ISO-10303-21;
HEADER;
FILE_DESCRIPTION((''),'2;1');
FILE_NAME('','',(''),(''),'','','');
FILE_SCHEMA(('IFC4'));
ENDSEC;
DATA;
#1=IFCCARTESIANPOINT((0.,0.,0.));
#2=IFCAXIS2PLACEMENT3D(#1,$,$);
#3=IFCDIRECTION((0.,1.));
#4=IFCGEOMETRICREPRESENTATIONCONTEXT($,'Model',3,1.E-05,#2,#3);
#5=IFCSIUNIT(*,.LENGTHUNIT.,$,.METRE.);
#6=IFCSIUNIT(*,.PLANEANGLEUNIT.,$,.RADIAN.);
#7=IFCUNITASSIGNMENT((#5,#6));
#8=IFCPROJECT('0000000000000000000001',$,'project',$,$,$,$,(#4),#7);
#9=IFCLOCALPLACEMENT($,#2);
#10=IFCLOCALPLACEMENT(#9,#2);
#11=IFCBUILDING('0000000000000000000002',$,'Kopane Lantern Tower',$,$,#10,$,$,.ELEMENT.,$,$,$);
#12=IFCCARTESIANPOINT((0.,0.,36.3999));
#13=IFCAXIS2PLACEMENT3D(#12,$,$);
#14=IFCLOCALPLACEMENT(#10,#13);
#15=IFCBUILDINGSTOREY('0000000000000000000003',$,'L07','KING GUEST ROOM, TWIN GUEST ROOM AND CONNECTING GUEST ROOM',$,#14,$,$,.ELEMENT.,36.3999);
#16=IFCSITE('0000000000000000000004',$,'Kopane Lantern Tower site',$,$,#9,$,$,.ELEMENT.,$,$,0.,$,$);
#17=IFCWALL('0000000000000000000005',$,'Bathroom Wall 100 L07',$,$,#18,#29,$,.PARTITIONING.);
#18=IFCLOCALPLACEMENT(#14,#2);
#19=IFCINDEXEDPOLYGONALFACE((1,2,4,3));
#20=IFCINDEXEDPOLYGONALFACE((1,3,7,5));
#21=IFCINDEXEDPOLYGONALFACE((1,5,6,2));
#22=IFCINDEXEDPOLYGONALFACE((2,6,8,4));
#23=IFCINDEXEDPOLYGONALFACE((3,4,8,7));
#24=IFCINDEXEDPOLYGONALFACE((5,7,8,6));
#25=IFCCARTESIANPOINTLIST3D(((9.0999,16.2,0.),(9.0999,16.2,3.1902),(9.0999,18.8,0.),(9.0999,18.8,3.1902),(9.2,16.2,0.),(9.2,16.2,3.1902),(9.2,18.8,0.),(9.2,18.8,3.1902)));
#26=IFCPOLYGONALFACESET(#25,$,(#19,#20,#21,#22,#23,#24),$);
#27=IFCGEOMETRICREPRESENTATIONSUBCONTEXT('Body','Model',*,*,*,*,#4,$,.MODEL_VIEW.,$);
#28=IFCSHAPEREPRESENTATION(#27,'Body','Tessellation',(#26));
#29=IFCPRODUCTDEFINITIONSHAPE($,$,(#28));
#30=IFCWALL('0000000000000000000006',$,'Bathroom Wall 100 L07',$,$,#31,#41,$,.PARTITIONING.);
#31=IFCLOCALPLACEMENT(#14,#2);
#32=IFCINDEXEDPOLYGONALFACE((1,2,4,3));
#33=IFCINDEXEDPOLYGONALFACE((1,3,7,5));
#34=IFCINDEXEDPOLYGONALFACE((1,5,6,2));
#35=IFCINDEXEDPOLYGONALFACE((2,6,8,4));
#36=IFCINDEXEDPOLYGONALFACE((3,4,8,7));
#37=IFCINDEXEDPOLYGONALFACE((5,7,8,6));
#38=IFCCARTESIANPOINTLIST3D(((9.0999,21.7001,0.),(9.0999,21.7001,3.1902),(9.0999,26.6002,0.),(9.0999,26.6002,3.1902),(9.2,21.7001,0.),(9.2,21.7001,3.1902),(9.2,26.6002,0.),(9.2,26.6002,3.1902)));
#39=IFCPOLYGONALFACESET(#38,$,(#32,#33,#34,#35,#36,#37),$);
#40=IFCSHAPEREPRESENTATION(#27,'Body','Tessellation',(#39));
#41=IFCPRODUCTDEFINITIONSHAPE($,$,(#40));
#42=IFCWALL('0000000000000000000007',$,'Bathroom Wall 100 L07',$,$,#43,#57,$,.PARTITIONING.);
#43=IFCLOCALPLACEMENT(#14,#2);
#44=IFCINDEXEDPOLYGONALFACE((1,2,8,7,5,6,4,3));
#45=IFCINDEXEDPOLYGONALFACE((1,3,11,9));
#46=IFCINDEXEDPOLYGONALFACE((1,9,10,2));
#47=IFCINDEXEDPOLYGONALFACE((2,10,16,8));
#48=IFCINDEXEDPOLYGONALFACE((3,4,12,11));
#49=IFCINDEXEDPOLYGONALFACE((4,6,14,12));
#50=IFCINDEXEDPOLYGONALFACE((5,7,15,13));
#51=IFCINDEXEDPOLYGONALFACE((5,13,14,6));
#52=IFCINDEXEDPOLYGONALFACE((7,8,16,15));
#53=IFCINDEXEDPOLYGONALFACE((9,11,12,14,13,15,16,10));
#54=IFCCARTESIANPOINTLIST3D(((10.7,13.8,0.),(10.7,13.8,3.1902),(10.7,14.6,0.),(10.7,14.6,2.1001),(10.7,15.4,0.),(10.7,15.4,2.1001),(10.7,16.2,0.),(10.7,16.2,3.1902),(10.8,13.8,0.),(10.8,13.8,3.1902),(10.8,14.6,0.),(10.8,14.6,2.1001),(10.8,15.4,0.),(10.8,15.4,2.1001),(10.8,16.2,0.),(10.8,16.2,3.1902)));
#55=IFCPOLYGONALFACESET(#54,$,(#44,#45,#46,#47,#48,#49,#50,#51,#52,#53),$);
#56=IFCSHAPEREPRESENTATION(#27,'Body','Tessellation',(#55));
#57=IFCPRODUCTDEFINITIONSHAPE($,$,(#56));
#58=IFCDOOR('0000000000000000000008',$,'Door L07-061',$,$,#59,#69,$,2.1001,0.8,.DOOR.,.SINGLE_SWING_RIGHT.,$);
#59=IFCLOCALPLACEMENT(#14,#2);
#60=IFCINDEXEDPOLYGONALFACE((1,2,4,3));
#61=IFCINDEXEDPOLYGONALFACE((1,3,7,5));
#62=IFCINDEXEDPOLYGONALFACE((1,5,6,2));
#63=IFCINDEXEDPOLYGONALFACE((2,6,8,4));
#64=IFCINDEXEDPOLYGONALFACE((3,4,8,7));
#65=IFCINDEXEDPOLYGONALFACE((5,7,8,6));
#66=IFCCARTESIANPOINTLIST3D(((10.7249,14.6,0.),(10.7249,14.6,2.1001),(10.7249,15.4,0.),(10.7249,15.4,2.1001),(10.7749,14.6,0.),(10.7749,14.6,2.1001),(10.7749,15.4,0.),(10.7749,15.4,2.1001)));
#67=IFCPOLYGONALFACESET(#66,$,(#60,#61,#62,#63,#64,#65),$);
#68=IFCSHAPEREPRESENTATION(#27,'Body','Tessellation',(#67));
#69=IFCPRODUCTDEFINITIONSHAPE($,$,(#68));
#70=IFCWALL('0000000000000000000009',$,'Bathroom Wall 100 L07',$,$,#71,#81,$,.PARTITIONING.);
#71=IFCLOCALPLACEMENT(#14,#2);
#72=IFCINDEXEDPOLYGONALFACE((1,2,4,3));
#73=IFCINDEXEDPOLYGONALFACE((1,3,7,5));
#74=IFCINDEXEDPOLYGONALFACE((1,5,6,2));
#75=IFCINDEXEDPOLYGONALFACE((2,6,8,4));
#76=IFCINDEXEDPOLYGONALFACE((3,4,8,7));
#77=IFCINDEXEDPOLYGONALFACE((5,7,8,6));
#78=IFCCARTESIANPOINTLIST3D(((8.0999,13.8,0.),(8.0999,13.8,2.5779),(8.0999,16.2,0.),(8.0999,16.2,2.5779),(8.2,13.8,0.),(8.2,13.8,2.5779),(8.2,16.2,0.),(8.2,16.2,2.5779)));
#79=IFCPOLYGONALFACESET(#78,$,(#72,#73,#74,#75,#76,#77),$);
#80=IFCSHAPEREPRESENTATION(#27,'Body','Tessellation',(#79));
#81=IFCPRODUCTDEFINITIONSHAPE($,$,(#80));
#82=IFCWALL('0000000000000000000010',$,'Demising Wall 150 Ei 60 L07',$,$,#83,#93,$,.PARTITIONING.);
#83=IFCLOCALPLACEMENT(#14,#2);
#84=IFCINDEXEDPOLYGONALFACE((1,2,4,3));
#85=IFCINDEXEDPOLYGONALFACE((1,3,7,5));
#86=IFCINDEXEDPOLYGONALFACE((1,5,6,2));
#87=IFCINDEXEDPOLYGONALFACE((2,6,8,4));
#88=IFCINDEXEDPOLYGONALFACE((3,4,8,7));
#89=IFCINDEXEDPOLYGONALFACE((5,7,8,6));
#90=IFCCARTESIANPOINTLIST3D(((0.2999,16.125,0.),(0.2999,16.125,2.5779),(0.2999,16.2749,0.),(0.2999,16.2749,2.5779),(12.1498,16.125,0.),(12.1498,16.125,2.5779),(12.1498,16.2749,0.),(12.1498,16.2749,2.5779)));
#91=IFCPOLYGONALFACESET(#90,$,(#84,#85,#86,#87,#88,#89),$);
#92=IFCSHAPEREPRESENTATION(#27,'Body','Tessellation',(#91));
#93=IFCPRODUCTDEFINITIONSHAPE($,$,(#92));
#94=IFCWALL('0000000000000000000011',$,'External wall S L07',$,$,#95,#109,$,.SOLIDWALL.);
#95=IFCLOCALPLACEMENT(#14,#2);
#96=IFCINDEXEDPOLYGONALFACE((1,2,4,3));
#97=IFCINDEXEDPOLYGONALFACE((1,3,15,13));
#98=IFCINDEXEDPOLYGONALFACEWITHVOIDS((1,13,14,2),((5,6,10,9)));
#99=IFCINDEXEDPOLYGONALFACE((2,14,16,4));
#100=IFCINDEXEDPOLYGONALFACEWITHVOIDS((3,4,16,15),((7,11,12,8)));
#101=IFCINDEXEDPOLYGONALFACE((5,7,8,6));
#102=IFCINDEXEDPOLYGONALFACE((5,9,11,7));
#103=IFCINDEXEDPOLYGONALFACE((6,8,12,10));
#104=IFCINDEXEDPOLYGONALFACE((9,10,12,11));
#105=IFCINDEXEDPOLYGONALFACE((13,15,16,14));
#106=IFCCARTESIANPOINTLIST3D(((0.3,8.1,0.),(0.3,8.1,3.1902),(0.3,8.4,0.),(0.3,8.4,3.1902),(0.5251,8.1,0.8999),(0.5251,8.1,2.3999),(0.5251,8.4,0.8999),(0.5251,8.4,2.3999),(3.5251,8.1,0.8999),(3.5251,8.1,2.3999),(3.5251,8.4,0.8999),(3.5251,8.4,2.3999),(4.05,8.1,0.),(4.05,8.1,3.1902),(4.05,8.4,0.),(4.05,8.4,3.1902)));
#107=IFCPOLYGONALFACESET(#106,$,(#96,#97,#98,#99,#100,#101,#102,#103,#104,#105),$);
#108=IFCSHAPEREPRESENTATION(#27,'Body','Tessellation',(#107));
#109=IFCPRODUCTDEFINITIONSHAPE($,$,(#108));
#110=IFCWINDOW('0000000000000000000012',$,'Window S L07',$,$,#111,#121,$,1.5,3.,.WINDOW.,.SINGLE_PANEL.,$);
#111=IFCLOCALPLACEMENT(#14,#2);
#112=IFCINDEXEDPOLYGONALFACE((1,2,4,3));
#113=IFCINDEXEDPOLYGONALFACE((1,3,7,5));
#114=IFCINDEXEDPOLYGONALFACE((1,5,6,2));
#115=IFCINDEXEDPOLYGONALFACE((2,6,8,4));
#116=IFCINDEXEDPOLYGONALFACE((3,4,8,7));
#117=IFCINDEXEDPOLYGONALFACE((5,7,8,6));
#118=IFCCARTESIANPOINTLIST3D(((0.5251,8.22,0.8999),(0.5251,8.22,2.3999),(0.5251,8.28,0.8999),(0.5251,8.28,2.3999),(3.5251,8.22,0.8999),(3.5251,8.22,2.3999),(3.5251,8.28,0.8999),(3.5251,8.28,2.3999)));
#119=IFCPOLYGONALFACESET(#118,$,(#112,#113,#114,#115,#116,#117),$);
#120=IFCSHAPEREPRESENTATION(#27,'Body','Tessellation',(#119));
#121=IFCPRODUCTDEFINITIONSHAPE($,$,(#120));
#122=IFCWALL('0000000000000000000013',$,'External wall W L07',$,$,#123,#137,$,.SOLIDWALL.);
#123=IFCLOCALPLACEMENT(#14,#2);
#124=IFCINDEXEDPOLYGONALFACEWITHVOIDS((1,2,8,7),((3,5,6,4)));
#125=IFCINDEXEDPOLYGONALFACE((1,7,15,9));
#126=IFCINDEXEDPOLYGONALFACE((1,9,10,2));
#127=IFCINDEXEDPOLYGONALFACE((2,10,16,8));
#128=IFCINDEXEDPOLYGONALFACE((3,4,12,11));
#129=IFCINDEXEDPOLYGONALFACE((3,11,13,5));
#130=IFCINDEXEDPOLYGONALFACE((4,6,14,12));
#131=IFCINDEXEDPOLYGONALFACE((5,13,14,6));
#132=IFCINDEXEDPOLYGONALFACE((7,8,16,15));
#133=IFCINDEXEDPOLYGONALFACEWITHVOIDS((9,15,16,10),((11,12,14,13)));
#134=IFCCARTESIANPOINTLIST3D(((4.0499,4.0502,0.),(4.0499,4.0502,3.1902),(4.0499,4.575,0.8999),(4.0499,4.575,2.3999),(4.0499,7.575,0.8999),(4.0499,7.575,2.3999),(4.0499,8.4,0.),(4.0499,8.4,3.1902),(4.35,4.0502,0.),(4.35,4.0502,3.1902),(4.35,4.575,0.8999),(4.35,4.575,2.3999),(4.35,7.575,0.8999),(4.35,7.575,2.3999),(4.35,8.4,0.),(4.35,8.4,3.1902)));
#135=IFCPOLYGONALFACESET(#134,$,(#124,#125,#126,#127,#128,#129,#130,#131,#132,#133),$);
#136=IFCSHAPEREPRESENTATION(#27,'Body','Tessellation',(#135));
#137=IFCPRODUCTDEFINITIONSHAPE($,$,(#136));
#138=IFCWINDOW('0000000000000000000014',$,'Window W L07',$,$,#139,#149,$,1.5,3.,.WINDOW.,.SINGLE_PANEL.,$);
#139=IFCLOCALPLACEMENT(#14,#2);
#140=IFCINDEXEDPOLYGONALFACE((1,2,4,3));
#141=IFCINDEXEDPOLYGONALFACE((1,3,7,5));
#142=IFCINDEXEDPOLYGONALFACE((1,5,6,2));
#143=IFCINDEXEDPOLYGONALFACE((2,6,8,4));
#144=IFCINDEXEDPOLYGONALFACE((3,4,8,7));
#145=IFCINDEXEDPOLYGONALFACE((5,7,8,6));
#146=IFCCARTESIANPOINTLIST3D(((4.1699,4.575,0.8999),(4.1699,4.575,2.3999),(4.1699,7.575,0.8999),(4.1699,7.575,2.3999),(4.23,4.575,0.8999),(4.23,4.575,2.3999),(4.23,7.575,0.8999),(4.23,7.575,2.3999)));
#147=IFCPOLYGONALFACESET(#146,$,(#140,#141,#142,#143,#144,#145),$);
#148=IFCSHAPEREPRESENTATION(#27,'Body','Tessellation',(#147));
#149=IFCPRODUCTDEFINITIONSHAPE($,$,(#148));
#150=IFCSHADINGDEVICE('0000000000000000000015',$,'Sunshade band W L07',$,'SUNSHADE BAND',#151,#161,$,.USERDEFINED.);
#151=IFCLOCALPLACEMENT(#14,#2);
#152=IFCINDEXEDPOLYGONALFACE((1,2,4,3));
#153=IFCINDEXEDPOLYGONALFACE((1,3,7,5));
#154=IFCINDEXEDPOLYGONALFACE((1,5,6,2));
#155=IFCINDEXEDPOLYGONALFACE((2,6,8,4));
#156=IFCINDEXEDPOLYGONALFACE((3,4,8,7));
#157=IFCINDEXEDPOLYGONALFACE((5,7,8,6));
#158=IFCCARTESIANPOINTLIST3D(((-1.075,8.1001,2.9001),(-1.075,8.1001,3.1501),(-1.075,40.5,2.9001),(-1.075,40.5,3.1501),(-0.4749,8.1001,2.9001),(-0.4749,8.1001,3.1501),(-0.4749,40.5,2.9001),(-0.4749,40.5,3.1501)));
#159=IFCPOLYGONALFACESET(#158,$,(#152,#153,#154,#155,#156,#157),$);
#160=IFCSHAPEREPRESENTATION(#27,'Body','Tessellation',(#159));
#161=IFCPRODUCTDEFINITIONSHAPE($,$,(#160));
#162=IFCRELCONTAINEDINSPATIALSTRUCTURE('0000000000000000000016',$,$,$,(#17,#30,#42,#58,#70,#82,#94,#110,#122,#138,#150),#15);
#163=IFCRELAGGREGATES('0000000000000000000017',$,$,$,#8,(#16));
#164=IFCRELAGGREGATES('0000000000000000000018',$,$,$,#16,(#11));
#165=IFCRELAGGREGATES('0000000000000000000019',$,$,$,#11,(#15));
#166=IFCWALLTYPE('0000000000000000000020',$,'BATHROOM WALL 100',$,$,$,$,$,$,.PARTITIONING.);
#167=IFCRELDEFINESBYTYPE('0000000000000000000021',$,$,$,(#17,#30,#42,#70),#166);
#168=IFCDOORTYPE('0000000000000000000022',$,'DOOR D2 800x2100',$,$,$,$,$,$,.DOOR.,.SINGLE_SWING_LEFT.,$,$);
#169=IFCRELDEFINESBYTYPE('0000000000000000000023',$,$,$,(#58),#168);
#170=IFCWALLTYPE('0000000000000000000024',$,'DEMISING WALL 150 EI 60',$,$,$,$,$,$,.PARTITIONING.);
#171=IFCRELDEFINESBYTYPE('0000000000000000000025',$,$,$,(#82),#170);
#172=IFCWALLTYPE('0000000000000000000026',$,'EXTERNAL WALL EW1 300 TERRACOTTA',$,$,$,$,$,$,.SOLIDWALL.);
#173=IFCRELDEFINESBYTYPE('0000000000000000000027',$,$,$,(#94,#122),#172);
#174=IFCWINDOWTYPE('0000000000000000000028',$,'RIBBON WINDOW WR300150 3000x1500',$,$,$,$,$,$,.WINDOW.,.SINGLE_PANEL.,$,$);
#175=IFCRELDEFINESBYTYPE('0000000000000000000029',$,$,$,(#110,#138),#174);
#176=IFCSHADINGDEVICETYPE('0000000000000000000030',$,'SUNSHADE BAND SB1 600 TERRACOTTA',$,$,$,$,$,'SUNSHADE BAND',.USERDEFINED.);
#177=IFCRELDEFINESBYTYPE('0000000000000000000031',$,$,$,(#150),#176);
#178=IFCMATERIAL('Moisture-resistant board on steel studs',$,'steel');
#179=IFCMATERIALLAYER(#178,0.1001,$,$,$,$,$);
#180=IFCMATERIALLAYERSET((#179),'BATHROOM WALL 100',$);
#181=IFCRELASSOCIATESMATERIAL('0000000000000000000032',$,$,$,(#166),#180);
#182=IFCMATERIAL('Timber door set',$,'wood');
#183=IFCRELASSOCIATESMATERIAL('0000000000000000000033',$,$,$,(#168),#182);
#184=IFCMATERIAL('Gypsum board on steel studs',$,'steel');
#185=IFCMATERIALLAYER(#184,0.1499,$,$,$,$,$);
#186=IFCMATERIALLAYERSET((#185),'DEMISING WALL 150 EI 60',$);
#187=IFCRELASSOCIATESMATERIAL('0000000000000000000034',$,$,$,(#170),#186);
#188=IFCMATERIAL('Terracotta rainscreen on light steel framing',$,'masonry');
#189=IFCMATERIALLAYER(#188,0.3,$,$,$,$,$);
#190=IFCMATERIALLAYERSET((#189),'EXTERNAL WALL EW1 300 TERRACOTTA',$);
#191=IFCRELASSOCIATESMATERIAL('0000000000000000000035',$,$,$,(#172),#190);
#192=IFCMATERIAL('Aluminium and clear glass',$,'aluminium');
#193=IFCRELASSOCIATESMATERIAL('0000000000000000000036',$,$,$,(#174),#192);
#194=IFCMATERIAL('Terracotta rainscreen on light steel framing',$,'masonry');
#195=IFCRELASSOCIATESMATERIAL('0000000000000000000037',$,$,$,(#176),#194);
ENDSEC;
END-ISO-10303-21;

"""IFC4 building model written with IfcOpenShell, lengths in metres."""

from ifc_helpers import new_model, si_unit, direction, frame, frame_2d, origin, origin_2d, place, context, subcontext, project, spatial, rectangle, extrude, material, layer, layer_set, type_object, element, fill, save


model = new_model("IFC4")

# Units and contexts
model_context = context("Model", 3, precision=1e-05, world=origin(), true_north=direction((0.0, 1.0)))
body_context = subcontext(model_context, "Body", "Model", "MODEL_VIEW")
ifc_project = project(units=[si_unit("LENGTHUNIT", "METRE"), si_unit("PLANEANGLEUNIT", "RADIAN")], contexts=[model_context])

# Site, building, storey
site_placement = place(None, origin())
site = spatial("IfcSite", under=ifc_project, at=site_placement, Name="Kopane Lantern Tower site", CompositionType="ELEMENT", RefElevation=0.0)
building_placement = place(site_placement, origin())
building = spatial("IfcBuilding", under=site, at=building_placement, Name="Kopane Lantern Tower", CompositionType="ELEMENT")
storey_placement = place(building_placement, frame((0.0, 0.0, 36.3999)))
storey = spatial("IfcBuildingStorey", under=building, at=storey_placement, Name="L07", Description="KING GUEST ROOM, TWIN GUEST ROOM AND CONNECTING GUEST ROOM", CompositionType="ELEMENT", Elevation=36.3999)

# Walls
ifc_material_1 = material(Name="Moisture-resistant board on steel studs", Category="steel")
ifc_layer_1 = layer(ifc_material_1, 0.1001)
ifc_layer_set_1 = layer_set([ifc_layer_1], Name="BATHROOM WALL 100")
wall_type_1 = type_object("IfcWallType", Name="BATHROOM WALL 100", PredefinedType="PARTITIONING", material=ifc_layer_set_1)
wall_1_placement = place(storey_placement, frame((9.1499, 16.2, 0.0), z_axis=(0.0, 0.0, 1.0), x_axis=(0.0, 1.0, 0.0)))
element("IfcWall", 1, at=wall_1_placement, inside=storey, type_object=wall_type_1, Name="Bathroom Wall 100 L07", PredefinedType="PARTITIONING", context=body_context, shape_type="SweptSolid", body=[
    extrude(rectangle(XDim=2.6001, YDim=0.1001, at=frame_2d((1.3, 0.0))), origin(), (0.0, 0.0, 1.0), 3.1902),
])
wall_2_placement = place(storey_placement, frame((9.1499, 21.7, 0.0), z_axis=(0.0, 0.0, 1.0), x_axis=(0.0, 1.0, 0.0)))
element("IfcWall", 2, at=wall_2_placement, inside=storey, type_object=wall_type_1, Name="Bathroom Wall 100 L07", PredefinedType="PARTITIONING", context=body_context, shape_type="SweptSolid", body=[
    extrude(rectangle(XDim=4.9001, YDim=0.1001, at=frame_2d((2.4502, 0.0))), origin(), (0.0, 0.0, 1.0), 3.1902),
])

# Wall, opening, door
wall_3_placement = place(storey_placement, frame((10.75, 16.2, 0.0), z_axis=(0.0, 0.0, 1.0), x_axis=(0.0, -1.0, 0.0)))
wall_3 = element("IfcWall", 3, at=wall_3_placement, inside=storey, type_object=wall_type_1, Name="Bathroom Wall 100 L07", PredefinedType="PARTITIONING", context=body_context, shape_type="SweptSolid", body=[
    extrude(rectangle(XDim=2.3999, YDim=0.1001, at=frame_2d((1.2, 0.0))), origin(), (0.0, 0.0, 1.0), 3.1902),
])
opening_1_placement = place(wall_3_placement, frame((0.8, 0.0, 0.0)))
opening_1 = element("IfcOpeningElement", 4, at=opening_1_placement, cuts=wall_3, PredefinedType="OPENING", context=body_context, shape_type="SweptSolid", body=[
    extrude(rectangle(XDim=0.8, YDim=2.1001, at=frame_2d((0.3999, 1.05))), frame((0.0, 0.0601, 0.0), z_axis=(0.0, -1.0, 0.0), x_axis=(1.0, 0.0, 0.0)), (0.0, 0.0, 1.0), 0.1201),
])
ifc_material_2 = material(Name="Timber door set", Category="wood")
door_type_1 = type_object("IfcDoorType", Name="DOOR D2 800x2100", OperationType="SINGLE_SWING_LEFT", PredefinedType="DOOR", material=ifc_material_2)
door_1_placement = place(opening_1_placement, origin())
door_1 = element("IfcDoor", 5, at=door_1_placement, inside=storey, type_object=door_type_1, Name="Door L07-061", OperationType="SINGLE_SWING_RIGHT", OverallHeight=2.1001, OverallWidth=0.8, PredefinedType="DOOR", context=body_context, shape_type="SweptSolid", body=[
    extrude(rectangle(XDim=0.8, YDim=2.1001, at=frame_2d((0.3999, 1.05))), frame((0.0, 0.0249, 0.0), z_axis=(0.0, -1.0, 0.0), x_axis=(1.0, 0.0, 0.0)), (0.0, 0.0, 1.0), 0.05),
])
fill(opening_1, door_1)

# Walls
wall_4_placement = place(storey_placement, frame((8.1499, 16.2, 0.0), z_axis=(0.0, 0.0, 1.0), x_axis=(0.0, -1.0, 0.0)))
element("IfcWall", 6, at=wall_4_placement, inside=storey, type_object=wall_type_1, Name="Bathroom Wall 100 L07", PredefinedType="PARTITIONING", context=body_context, shape_type="SweptSolid", body=[
    extrude(rectangle(XDim=2.3999, YDim=0.1001, at=frame_2d((1.2, 0.0))), origin(), (0.0, 0.0, 1.0), 2.5779),
])
ifc_material_3 = material(Name="Gypsum board on steel studs", Category="steel")
ifc_layer_2 = layer(ifc_material_3, 0.1499)
ifc_layer_set_2 = layer_set([ifc_layer_2], Name="DEMISING WALL 150 EI 60")
wall_type_2 = type_object("IfcWallType", Name="DEMISING WALL 150 EI 60", PredefinedType="PARTITIONING", material=ifc_layer_set_2)
wall_5_placement = place(storey_placement, frame((0.3, 16.2, 0.0), z_axis=(0.0, 0.0, 1.0), x_axis=(1.0, 0.0, 0.0)))
element("IfcWall", 7, at=wall_5_placement, inside=storey, type_object=wall_type_2, Name="Demising Wall 150 Ei 60 L07", PredefinedType="PARTITIONING", context=body_context, shape_type="SweptSolid", body=[
    extrude(rectangle(XDim=11.8499, YDim=0.1499, at=frame_2d((5.9248, 0.0))), origin(), (0.0, 0.0, 1.0), 2.5779),
])

# Walls, openings, windows
ifc_material_4 = material(Name="Terracotta rainscreen on light steel framing", Category="masonry")
ifc_layer_3 = layer(ifc_material_4, 0.3)
ifc_layer_set_3 = layer_set([ifc_layer_3], Name="EXTERNAL WALL EW1 300 TERRACOTTA")
wall_type_3 = type_object("IfcWallType", Name="EXTERNAL WALL EW1 300 TERRACOTTA", PredefinedType="SOLIDWALL", material=ifc_layer_set_3)
wall_6_placement = place(storey_placement, frame((0.3, 8.25, 0.0), z_axis=(0.0, 0.0, 1.0), x_axis=(1.0, 0.0, 0.0)))
wall_6 = element("IfcWall", 8, at=wall_6_placement, inside=storey, type_object=wall_type_3, Name="External wall S L07", PredefinedType="SOLIDWALL", context=body_context, shape_type="SweptSolid", body=[
    extrude(rectangle(XDim=3.75, YDim=0.3, at=frame_2d((1.875, 0.0))), origin(), (0.0, 0.0, 1.0), 3.1902),
])
opening_2_placement = place(wall_6_placement, frame((0.2251, 0.0, 0.8999)))
opening_2 = element("IfcOpeningElement", 9, at=opening_2_placement, cuts=wall_6, PredefinedType="OPENING", context=body_context, shape_type="SweptSolid", body=[
    extrude(rectangle(XDim=3.0, YDim=1.5, at=frame_2d((1.5, 0.75))), frame((0.0, 0.1599, 0.0), z_axis=(0.0, -1.0, 0.0), x_axis=(1.0, 0.0, 0.0)), (0.0, 0.0, 1.0), 0.3201),
])
ifc_material_5 = material(Name="Aluminium and clear glass", Category="aluminium")
window_type = type_object("IfcWindowType", Name="RIBBON WINDOW WR300150 3000x1500", PartitioningType="SINGLE_PANEL", PredefinedType="WINDOW", material=ifc_material_5)
window_1_placement = place(opening_2_placement, origin())
window_1 = element("IfcWindow", 10, at=window_1_placement, inside=storey, type_object=window_type, Name="Window S L07", OverallHeight=1.5, OverallWidth=3.0, PartitioningType="SINGLE_PANEL", PredefinedType="WINDOW", context=body_context, shape_type="SweptSolid", body=[
    extrude(rectangle(XDim=3.0, YDim=1.5, at=frame_2d((1.5, 0.75))), frame((0.0, 0.03, 0.0), z_axis=(0.0, -1.0, 0.0), x_axis=(1.0, 0.0, 0.0)), (0.0, 0.0, 1.0), 0.0601),
])
fill(opening_2, window_1)
wall_7_placement = place(storey_placement, frame((4.2, 8.3999, 0.0), z_axis=(0.0, 0.0, 1.0), x_axis=(0.0, -1.0, 0.0)))
wall_7 = element("IfcWall", 11, at=wall_7_placement, inside=storey, type_object=wall_type_3, Name="External wall W L07", PredefinedType="SOLIDWALL", context=body_context, shape_type="SweptSolid", body=[
    extrude(rectangle(XDim=4.3499, YDim=0.3, at=frame_2d((2.1748, 0.0))), origin(), (0.0, 0.0, 1.0), 3.1902),
])
opening_3_placement = place(wall_7_placement, frame((0.825, 0.0, 0.8999)))
opening_3 = element("IfcOpeningElement", 12, at=opening_3_placement, cuts=wall_7, PredefinedType="OPENING", context=body_context, shape_type="SweptSolid", body=[
    extrude(rectangle(XDim=3.0, YDim=1.5, at=frame_2d((1.5, 0.75))), frame((0.0, 0.1599, 0.0), z_axis=(0.0, -1.0, 0.0), x_axis=(1.0, 0.0, 0.0)), (0.0, 0.0, 1.0), 0.3201),
])
window_2_placement = place(opening_3_placement, origin())
window_2 = element("IfcWindow", 13, at=window_2_placement, inside=storey, type_object=window_type, Name="Window W L07", OverallHeight=1.5, OverallWidth=3.0, PartitioningType="SINGLE_PANEL", PredefinedType="WINDOW", context=body_context, shape_type="SweptSolid", body=[
    extrude(rectangle(XDim=3.0, YDim=1.5, at=frame_2d((1.5, 0.75))), frame((0.0, 0.03, 0.0), z_axis=(0.0, -1.0, 0.0), x_axis=(1.0, 0.0, 0.0)), (0.0, 0.0, 1.0), 0.0601),
])
fill(opening_3, window_2)

# Shading device
ifc_material_6 = material(Name="Terracotta rainscreen on light steel framing", Category="masonry")
shading_device_type = type_object("IfcShadingDeviceType", Name="SUNSHADE BAND SB1 600 TERRACOTTA", ElementType="SUNSHADE BAND", PredefinedType="USERDEFINED", material=ifc_material_6)
shading_device_placement = place(storey_placement, frame((-0.7749, 24.3, 2.9001), z_axis=(0.0, 0.0, 1.0), x_axis=(0.0, -1.0, 0.0)))
element("IfcShadingDevice", 14, at=shading_device_placement, inside=storey, type_object=shading_device_type, Name="Sunshade band W L07", ObjectType="SUNSHADE BAND", PredefinedType="USERDEFINED", context=body_context, shape_type="SweptSolid", body=[
    extrude(rectangle(XDim=32.3999, YDim=0.6001, at=origin_2d()), origin(), (0.0, 0.0, 1.0), 0.25),
])

save(model, "model.ifc")
